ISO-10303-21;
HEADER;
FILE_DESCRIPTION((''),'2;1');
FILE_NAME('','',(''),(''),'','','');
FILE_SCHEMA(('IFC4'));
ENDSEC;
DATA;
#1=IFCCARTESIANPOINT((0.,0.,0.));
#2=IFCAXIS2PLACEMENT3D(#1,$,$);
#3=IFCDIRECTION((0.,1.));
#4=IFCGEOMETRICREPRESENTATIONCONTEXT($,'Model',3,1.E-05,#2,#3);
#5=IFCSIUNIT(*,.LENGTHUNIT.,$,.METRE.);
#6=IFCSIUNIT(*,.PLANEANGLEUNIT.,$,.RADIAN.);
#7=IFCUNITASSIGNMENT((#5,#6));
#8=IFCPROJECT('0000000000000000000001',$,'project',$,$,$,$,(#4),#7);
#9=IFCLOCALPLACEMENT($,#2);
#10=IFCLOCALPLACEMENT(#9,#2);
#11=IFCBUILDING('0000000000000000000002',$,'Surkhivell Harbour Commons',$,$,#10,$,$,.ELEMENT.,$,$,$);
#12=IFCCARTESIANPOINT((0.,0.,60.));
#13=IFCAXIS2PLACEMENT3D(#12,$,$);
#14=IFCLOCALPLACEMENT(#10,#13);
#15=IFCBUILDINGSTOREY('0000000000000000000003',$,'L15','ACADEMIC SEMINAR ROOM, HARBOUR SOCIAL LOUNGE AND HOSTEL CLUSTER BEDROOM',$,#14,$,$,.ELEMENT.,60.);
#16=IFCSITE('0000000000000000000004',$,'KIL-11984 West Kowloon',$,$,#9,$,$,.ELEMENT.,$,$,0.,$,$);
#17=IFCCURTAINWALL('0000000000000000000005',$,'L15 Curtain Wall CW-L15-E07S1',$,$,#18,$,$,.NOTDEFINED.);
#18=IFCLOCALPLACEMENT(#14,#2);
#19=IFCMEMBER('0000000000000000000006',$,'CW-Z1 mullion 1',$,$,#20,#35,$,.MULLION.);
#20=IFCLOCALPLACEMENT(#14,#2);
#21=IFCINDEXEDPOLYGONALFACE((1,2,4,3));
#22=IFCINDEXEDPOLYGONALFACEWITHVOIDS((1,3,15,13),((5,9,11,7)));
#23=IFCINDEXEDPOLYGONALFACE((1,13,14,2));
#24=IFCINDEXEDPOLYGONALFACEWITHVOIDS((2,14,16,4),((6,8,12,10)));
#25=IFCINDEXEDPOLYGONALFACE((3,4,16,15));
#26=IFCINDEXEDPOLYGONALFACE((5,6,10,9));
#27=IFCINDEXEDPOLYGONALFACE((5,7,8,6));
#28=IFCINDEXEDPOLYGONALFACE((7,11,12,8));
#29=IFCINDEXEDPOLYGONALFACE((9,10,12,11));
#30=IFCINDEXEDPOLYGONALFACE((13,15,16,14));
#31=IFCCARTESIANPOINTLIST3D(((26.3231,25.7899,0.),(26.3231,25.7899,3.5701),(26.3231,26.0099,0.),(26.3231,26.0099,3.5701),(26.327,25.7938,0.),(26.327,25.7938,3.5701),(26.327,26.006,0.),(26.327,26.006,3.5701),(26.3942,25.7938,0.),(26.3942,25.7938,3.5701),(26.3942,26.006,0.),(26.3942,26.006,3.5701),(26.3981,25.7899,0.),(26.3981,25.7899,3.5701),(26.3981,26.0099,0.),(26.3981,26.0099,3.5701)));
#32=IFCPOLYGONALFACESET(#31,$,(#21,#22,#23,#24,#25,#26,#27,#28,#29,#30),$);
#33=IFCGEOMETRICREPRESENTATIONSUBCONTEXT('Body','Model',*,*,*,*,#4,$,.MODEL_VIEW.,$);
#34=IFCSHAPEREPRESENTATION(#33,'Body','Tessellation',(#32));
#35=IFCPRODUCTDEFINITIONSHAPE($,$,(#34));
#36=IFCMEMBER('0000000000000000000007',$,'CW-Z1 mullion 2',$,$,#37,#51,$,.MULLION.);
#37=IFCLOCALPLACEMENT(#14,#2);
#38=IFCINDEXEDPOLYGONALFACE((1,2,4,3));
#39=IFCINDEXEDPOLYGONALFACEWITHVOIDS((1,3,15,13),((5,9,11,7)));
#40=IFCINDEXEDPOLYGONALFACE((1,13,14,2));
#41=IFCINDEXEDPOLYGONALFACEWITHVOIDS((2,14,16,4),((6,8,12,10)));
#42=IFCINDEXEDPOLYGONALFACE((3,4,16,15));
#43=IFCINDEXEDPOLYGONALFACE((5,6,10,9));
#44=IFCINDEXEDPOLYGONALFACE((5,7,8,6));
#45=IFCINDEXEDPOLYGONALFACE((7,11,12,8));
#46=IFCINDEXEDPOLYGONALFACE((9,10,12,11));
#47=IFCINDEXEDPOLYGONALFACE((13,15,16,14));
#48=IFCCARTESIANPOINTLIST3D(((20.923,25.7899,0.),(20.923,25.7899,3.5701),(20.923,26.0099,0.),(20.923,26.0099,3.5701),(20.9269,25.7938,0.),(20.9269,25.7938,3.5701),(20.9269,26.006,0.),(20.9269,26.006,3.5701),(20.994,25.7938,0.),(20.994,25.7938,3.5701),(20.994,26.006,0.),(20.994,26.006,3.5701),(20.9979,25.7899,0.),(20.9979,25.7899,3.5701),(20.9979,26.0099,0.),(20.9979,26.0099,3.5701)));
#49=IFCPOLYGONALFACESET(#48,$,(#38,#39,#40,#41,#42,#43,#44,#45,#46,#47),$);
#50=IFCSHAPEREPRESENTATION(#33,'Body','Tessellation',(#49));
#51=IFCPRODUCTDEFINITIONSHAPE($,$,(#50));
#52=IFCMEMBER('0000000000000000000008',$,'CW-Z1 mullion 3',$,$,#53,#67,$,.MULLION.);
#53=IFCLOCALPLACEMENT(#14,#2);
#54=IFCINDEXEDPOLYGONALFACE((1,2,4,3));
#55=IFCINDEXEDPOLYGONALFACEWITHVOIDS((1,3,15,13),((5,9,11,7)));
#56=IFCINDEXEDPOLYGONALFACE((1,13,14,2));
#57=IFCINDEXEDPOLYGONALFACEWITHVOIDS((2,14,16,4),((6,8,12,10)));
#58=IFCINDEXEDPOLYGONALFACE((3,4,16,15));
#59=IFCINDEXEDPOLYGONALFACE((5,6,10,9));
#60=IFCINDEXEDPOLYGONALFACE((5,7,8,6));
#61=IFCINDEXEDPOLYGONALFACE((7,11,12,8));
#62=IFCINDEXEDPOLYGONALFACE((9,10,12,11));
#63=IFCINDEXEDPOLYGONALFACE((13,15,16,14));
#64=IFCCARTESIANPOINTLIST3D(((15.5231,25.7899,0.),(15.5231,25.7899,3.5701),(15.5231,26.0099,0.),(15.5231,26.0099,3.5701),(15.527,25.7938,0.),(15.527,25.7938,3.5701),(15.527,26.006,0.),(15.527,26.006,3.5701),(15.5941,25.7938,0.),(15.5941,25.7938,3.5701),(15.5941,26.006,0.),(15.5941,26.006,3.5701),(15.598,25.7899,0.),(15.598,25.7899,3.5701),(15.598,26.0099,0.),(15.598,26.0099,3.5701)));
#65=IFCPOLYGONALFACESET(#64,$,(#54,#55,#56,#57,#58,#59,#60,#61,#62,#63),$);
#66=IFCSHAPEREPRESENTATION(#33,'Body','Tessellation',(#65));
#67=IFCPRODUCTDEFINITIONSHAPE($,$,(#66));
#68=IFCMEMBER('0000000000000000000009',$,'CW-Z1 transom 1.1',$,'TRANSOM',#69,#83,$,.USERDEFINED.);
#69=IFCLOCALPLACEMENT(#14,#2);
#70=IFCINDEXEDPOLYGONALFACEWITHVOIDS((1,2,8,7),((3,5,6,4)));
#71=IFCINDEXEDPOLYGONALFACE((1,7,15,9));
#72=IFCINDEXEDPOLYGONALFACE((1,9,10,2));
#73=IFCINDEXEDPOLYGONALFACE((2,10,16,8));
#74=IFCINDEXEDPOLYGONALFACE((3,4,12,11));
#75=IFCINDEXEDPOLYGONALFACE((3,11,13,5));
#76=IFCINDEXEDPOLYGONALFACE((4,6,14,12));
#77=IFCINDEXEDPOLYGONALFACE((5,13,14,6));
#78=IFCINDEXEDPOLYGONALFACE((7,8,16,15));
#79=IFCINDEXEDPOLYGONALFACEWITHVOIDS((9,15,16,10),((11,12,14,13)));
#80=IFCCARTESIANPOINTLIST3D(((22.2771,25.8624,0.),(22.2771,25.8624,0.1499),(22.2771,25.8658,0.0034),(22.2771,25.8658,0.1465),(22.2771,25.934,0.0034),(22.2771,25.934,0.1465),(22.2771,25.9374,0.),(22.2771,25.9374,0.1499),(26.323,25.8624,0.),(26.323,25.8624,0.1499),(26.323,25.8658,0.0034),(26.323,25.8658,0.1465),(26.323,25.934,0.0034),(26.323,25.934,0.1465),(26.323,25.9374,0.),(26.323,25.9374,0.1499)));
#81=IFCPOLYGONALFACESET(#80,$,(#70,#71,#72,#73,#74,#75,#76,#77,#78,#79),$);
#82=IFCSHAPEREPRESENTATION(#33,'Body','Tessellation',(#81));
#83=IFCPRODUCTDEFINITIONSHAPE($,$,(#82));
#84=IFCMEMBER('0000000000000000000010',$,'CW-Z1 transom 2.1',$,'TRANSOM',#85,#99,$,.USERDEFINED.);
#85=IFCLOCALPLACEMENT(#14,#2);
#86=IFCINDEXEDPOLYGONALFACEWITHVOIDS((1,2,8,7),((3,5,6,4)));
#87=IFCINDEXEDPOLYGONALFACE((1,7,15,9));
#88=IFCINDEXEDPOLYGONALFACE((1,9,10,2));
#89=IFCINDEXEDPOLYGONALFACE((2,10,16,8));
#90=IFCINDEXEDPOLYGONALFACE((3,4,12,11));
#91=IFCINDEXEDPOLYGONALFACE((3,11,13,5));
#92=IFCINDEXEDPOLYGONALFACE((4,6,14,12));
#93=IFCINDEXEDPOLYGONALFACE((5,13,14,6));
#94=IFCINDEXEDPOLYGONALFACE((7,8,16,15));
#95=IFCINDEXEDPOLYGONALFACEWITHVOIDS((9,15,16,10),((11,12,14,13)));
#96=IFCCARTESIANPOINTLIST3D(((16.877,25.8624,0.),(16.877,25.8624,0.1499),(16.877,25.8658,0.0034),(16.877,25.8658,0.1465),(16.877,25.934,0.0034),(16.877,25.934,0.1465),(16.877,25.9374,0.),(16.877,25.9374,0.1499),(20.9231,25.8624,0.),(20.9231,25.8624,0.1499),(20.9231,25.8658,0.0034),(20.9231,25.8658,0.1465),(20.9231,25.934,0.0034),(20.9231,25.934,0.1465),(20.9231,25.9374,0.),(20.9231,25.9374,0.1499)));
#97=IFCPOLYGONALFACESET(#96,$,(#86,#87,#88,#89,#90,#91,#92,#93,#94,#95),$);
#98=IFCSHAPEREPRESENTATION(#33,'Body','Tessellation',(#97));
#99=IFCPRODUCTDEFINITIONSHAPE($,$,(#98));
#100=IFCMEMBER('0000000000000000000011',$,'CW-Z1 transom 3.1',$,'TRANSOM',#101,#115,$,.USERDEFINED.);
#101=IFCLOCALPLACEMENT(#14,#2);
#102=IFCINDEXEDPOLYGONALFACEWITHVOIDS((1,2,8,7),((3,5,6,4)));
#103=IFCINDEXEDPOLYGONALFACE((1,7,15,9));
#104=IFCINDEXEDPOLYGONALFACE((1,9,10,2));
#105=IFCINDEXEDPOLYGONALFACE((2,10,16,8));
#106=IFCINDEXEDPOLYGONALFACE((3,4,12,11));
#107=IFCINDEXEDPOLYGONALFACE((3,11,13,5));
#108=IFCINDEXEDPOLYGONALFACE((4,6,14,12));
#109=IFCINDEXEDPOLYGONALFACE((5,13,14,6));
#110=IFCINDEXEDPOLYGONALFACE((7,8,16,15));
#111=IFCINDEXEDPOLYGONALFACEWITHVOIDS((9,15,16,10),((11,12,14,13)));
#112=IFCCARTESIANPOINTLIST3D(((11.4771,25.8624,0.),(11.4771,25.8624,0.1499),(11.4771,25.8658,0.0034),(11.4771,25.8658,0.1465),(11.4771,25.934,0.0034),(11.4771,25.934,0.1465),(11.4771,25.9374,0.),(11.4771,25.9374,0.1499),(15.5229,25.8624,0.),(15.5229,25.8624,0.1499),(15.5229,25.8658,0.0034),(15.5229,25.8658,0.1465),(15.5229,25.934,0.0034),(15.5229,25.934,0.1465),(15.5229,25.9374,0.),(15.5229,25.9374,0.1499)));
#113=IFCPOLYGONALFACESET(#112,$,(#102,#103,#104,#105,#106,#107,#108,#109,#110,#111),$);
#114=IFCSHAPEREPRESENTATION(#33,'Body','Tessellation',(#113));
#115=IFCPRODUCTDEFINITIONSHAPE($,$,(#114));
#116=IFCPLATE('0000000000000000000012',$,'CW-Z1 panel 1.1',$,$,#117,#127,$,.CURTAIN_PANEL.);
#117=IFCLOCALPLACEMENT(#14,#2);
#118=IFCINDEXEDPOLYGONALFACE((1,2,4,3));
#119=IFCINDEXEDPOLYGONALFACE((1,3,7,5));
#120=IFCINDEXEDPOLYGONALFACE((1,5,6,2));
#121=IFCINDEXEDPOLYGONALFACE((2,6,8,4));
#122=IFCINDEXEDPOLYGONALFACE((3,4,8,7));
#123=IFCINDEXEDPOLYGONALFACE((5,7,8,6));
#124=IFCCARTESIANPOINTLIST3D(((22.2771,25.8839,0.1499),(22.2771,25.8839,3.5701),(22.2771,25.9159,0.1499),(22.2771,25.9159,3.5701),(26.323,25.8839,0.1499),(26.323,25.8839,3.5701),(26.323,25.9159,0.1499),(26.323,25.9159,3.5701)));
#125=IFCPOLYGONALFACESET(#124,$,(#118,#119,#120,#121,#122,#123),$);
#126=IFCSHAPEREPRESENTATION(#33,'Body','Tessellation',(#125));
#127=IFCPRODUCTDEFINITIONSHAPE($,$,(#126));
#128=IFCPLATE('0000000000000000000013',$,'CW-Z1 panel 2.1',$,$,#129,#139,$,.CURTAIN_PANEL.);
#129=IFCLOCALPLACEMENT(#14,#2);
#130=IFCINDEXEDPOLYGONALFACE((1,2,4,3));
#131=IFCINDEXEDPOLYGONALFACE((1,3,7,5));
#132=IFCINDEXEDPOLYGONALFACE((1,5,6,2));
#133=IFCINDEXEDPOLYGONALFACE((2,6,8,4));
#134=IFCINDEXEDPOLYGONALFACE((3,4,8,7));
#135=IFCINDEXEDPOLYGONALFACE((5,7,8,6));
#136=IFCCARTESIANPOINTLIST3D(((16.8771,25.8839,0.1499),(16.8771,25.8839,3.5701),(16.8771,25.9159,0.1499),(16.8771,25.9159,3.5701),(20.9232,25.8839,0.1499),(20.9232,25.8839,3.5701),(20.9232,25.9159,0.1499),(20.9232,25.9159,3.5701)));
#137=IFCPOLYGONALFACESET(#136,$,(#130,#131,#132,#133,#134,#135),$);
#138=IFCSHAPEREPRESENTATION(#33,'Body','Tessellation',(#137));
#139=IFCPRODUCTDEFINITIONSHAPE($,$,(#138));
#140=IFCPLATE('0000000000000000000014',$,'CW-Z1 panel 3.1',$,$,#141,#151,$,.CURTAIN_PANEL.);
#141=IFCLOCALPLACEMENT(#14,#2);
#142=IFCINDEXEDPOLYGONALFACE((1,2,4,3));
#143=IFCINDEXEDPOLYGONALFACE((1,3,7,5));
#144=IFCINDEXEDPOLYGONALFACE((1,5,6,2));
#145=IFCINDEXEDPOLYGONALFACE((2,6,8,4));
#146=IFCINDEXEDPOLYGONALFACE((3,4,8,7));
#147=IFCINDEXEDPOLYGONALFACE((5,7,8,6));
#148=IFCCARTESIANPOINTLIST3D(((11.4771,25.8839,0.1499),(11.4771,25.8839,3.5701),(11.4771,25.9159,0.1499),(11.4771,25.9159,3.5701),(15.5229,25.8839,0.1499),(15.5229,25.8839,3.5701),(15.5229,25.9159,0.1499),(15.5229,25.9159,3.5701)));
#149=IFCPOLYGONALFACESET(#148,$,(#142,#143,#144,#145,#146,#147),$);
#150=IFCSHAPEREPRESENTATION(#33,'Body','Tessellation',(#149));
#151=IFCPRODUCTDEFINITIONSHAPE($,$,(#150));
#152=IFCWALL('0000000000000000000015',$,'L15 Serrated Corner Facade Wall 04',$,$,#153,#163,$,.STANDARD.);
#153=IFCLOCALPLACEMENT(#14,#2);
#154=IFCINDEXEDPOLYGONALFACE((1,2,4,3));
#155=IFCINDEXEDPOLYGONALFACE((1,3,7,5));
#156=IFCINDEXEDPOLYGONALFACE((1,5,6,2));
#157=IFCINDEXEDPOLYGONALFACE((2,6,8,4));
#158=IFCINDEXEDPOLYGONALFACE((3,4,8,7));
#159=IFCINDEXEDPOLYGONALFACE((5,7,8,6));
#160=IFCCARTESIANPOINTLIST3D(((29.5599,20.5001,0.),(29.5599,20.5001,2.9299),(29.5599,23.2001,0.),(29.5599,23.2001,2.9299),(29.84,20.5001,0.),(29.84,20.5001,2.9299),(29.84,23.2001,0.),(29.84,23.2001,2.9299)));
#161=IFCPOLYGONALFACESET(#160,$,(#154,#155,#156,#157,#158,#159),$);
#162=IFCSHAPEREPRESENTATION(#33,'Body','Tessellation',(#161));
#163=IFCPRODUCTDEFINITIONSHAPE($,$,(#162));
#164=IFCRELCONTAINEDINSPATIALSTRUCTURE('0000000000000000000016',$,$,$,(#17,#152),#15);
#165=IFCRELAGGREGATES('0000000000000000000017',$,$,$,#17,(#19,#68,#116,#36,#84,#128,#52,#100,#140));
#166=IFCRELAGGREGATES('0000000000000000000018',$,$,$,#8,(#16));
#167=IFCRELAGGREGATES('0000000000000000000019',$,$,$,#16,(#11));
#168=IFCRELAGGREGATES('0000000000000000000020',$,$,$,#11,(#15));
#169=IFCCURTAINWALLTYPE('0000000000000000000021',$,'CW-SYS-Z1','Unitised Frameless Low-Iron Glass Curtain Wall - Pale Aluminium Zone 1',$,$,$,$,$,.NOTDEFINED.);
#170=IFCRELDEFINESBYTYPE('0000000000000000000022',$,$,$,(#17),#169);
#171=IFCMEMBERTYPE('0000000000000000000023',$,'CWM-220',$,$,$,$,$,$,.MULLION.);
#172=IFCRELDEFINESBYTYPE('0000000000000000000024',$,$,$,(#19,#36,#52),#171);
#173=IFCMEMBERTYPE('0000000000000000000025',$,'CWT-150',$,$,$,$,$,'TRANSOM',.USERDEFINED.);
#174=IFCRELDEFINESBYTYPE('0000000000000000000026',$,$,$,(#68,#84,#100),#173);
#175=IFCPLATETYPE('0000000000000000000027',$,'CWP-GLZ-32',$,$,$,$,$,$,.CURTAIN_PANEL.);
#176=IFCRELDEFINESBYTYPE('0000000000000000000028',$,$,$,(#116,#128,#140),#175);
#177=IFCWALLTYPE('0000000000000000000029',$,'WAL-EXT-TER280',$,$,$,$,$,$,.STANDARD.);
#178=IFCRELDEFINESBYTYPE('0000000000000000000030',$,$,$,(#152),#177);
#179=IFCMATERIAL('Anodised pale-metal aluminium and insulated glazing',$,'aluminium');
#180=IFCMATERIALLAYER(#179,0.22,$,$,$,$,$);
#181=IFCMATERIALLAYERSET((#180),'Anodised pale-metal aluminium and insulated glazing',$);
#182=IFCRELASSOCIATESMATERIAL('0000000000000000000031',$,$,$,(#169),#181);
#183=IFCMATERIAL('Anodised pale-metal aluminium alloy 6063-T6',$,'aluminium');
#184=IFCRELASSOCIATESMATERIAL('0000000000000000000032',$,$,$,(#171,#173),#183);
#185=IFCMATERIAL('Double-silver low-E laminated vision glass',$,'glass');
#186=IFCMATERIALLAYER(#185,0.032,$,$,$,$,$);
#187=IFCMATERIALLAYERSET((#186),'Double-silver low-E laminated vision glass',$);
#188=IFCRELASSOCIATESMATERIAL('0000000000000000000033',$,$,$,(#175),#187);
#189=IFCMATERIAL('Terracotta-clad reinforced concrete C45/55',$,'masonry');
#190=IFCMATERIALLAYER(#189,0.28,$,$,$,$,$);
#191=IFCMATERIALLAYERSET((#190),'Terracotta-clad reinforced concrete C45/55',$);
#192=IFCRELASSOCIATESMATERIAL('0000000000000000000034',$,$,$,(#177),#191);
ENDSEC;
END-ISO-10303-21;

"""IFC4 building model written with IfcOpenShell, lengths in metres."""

from ifc_helpers import new_model, si_unit, direction, frame, frame_2d, origin, origin_2d, place, context, subcontext, project, spatial, rectangle, hollow_rectangle, extrude, material, layer, layer_set, material_profile, profile_set, type_object, element, aggregate, save


model = new_model("IFC4")

# Units and contexts
model_context = context("Model", 3, precision=1e-05, world=origin(), true_north=direction((0.0, 1.0)))
body_context = subcontext(model_context, "Body", "Model", "MODEL_VIEW")
ifc_project = project(units=[si_unit("LENGTHUNIT", "METRE"), si_unit("PLANEANGLEUNIT", "RADIAN")], contexts=[model_context])

# Site, building, storey
site_placement = place(None, origin())
site = spatial("IfcSite", under=ifc_project, at=site_placement, Name="KIL-11984 West Kowloon", CompositionType="ELEMENT", RefElevation=0.0)
building_placement = place(site_placement, origin())
building = spatial("IfcBuilding", under=site, at=building_placement, Name="Surkhivell Harbour Commons", CompositionType="ELEMENT")
storey_placement = place(building_placement, frame((0.0, 0.0, 60.0)))
storey = spatial("IfcBuildingStorey", under=building, at=storey_placement, Name="L15", Description="ACADEMIC SEMINAR ROOM, HARBOUR SOCIAL LOUNGE AND HOSTEL CLUSTER BEDROOM", CompositionType="ELEMENT", Elevation=60.0)

# Curtain wall, members, plates
ifc_material_1 = material(Name="Anodised pale-metal aluminium and insulated glazing", Category="aluminium")
ifc_layer_1 = layer(ifc_material_1, 0.22)
ifc_layer_set_1 = layer_set([ifc_layer_1], Name="Anodised pale-metal aluminium and insulated glazing")
curtain_wall_type = type_object("IfcCurtainWallType", Name="CW-SYS-Z1", Description="Unitised Frameless Low-Iron Glass Curtain Wall - Pale Aluminium Zone 1", PredefinedType="NOTDEFINED", material=ifc_layer_set_1)
curtain_wall_placement = place(storey_placement, origin())
curtain_wall = element("IfcCurtainWall", 1, at=curtain_wall_placement, inside=storey, type_object=curtain_wall_type, Name="L15 Curtain Wall CW-L15-E07S1", PredefinedType="NOTDEFINED")
ifc_material_2 = material(Name="Anodised pale-metal aluminium alloy 6063-T6", Category="aluminium")
ifc_material_profile_1 = material_profile(ifc_material_2, hollow_rectangle(XDim=0.075, YDim=0.22, WallThickness=0.0039, at=origin_2d()), Name="ALU-MULL-75x220")
ifc_profile_set_1 = profile_set([ifc_material_profile_1], Name="Anodised pale-metal aluminium alloy 6063-T6")
member_type_1 = type_object("IfcMemberType", Name="CWM-220", PredefinedType="MULLION", material=ifc_profile_set_1)
member_1_placement = place(storey_placement, frame((26.3606, 25.8999, 0.0), z_axis=(0.0, 0.0, 1.0), x_axis=(-1.0, 0.0, 0.0)))
member_1 = element("IfcMember", 2, at=member_1_placement, type_object=member_type_1, Name="CW-Z1 mullion 1", PredefinedType="MULLION", context=body_context, shape_type="SweptSolid", body=[
    extrude(hollow_rectangle(XDim=0.075, YDim=0.22, WallThickness=0.0039, at=origin_2d()), origin(), (0.0, 0.0, 1.0), 3.5701),
])
member_2_placement = place(storey_placement, frame((20.9604, 25.8999, 0.0), z_axis=(0.0, 0.0, 1.0), x_axis=(-1.0, 0.0, 0.0)))
member_2 = element("IfcMember", 3, at=member_2_placement, type_object=member_type_1, Name="CW-Z1 mullion 2", PredefinedType="MULLION", context=body_context, shape_type="SweptSolid", body=[
    extrude(hollow_rectangle(XDim=0.075, YDim=0.22, WallThickness=0.0039, at=origin_2d()), origin(), (0.0, 0.0, 1.0), 3.5701),
])
member_3_placement = place(storey_placement, frame((15.5605, 25.8999, 0.0), z_axis=(0.0, 0.0, 1.0), x_axis=(-1.0, 0.0, 0.0)))
member_3 = element("IfcMember", 4, at=member_3_placement, type_object=member_type_1, Name="CW-Z1 mullion 3", PredefinedType="MULLION", context=body_context, shape_type="SweptSolid", body=[
    extrude(hollow_rectangle(XDim=0.075, YDim=0.22, WallThickness=0.0039, at=origin_2d()), origin(), (0.0, 0.0, 1.0), 3.5701),
])
ifc_material_profile_2 = material_profile(ifc_material_2, hollow_rectangle(XDim=0.075, YDim=0.1499, WallThickness=0.0034, at=origin_2d()), Name="ALU-TRAN-75x150")
ifc_profile_set_2 = profile_set([ifc_material_profile_2], Name="Anodised pale-metal aluminium alloy 6063-T6")
member_type_2 = type_object("IfcMemberType", Name="CWT-150", ElementType="TRANSOM", PredefinedType="USERDEFINED", material=ifc_profile_set_2)
member_4_placement = place(storey_placement, frame((26.323, 25.8999, 0.075), z_axis=(-1.0, 0.0, 0.0), x_axis=(0.0, -1.0, 0.0)))
member_4 = element("IfcMember", 5, at=member_4_placement, type_object=member_type_2, Name="CW-Z1 transom 1.1", ObjectType="TRANSOM", PredefinedType="USERDEFINED", context=body_context, shape_type="SweptSolid", body=[
    extrude(hollow_rectangle(XDim=0.075, YDim=0.1499, WallThickness=0.0034, at=origin_2d()), origin(), (0.0, 0.0, 1.0), 4.0459),
])
member_5_placement = place(storey_placement, frame((20.9231, 25.8999, 0.075), z_axis=(-1.0, 0.0, 0.0), x_axis=(0.0, -1.0, 0.0)))
member_5 = element("IfcMember", 6, at=member_5_placement, type_object=member_type_2, Name="CW-Z1 transom 2.1", ObjectType="TRANSOM", PredefinedType="USERDEFINED", context=body_context, shape_type="SweptSolid", body=[
    extrude(hollow_rectangle(XDim=0.075, YDim=0.1499, WallThickness=0.0034, at=origin_2d()), origin(), (0.0, 0.0, 1.0), 4.0461),
])
member_6_placement = place(storey_placement, frame((15.5229, 25.8999, 0.075), z_axis=(-1.0, 0.0, 0.0), x_axis=(0.0, -1.0, 0.0)))
member_6 = element("IfcMember", 7, at=member_6_placement, type_object=member_type_2, Name="CW-Z1 transom 3.1", ObjectType="TRANSOM", PredefinedType="USERDEFINED", context=body_context, shape_type="SweptSolid", body=[
    extrude(hollow_rectangle(XDim=0.075, YDim=0.1499, WallThickness=0.0034, at=origin_2d()), origin(), (0.0, 0.0, 1.0), 4.0459),
])
ifc_material_3 = material(Name="Double-silver low-E laminated vision glass", Category="glass")
ifc_layer_2 = layer(ifc_material_3, 0.032)
ifc_layer_set_2 = layer_set([ifc_layer_2], Name="Double-silver low-E laminated vision glass")
plate_type = type_object("IfcPlateType", Name="CWP-GLZ-32", PredefinedType="CURTAIN_PANEL", material=ifc_layer_set_2)
plate_1_placement = place(storey_placement, frame((26.323, 25.8999, 0.1499), z_axis=(0.0, 0.0, 1.0), x_axis=(-1.0, 0.0, 0.0)))
plate_1 = element("IfcPlate", 8, at=plate_1_placement, type_object=plate_type, Name="CW-Z1 panel 1.1", PredefinedType="CURTAIN_PANEL", context=body_context, shape_type="SweptSolid", body=[
    extrude(rectangle(XDim=4.0459, YDim=0.032, at=frame_2d((2.0229, 0.0))), origin(), (0.0, 0.0, 1.0), 3.4202),
])
plate_2_placement = place(storey_placement, frame((20.9231, 25.8999, 0.1499), z_axis=(0.0, 0.0, 1.0), x_axis=(-1.0, 0.0, 0.0)))
plate_2 = element("IfcPlate", 9, at=plate_2_placement, type_object=plate_type, Name="CW-Z1 panel 2.1", PredefinedType="CURTAIN_PANEL", context=body_context, shape_type="SweptSolid", body=[
    extrude(rectangle(XDim=4.0461, YDim=0.032, at=frame_2d((2.0229, 0.0))), origin(), (0.0, 0.0, 1.0), 3.4202),
])
plate_3_placement = place(storey_placement, frame((15.5229, 25.8999, 0.1499), z_axis=(0.0, 0.0, 1.0), x_axis=(-1.0, 0.0, 0.0)))
plate_3 = element("IfcPlate", 10, at=plate_3_placement, type_object=plate_type, Name="CW-Z1 panel 3.1", PredefinedType="CURTAIN_PANEL", context=body_context, shape_type="SweptSolid", body=[
    extrude(rectangle(XDim=4.0459, YDim=0.032, at=frame_2d((2.0229, 0.0))), origin(), (0.0, 0.0, 1.0), 3.4202),
])
aggregate(curtain_wall, [member_1, member_4, plate_1, member_2, member_5, plate_2, member_3, member_6, plate_3])

# Wall
ifc_material_4 = material(Name="Terracotta-clad reinforced concrete C45/55", Category="masonry")
ifc_layer_3 = layer(ifc_material_4, 0.28)
ifc_layer_set_3 = layer_set([ifc_layer_3], Name="Terracotta-clad reinforced concrete C45/55")
wall_type_1 = type_object("IfcWallType", Name="WAL-EXT-TER280", PredefinedType="STANDARD", material=ifc_layer_set_3)
wall_1_placement = place(storey_placement, frame((29.7, 20.5, 0.0), z_axis=(0.0, 0.0, 1.0), x_axis=(0.0, 1.0, 0.0)))
element("IfcWall", 11, at=wall_1_placement, inside=storey, type_object=wall_type_1, Name="L15 Serrated Corner Facade Wall 04", PredefinedType="STANDARD", context=body_context, shape_type="SweptSolid", body=[
    extrude(rectangle(XDim=2.7, YDim=0.28, at=frame_2d((1.3501, 0.0))), origin(), (0.0, 0.0, 1.0), 2.9299),
])

save(model, "model.ifc")
